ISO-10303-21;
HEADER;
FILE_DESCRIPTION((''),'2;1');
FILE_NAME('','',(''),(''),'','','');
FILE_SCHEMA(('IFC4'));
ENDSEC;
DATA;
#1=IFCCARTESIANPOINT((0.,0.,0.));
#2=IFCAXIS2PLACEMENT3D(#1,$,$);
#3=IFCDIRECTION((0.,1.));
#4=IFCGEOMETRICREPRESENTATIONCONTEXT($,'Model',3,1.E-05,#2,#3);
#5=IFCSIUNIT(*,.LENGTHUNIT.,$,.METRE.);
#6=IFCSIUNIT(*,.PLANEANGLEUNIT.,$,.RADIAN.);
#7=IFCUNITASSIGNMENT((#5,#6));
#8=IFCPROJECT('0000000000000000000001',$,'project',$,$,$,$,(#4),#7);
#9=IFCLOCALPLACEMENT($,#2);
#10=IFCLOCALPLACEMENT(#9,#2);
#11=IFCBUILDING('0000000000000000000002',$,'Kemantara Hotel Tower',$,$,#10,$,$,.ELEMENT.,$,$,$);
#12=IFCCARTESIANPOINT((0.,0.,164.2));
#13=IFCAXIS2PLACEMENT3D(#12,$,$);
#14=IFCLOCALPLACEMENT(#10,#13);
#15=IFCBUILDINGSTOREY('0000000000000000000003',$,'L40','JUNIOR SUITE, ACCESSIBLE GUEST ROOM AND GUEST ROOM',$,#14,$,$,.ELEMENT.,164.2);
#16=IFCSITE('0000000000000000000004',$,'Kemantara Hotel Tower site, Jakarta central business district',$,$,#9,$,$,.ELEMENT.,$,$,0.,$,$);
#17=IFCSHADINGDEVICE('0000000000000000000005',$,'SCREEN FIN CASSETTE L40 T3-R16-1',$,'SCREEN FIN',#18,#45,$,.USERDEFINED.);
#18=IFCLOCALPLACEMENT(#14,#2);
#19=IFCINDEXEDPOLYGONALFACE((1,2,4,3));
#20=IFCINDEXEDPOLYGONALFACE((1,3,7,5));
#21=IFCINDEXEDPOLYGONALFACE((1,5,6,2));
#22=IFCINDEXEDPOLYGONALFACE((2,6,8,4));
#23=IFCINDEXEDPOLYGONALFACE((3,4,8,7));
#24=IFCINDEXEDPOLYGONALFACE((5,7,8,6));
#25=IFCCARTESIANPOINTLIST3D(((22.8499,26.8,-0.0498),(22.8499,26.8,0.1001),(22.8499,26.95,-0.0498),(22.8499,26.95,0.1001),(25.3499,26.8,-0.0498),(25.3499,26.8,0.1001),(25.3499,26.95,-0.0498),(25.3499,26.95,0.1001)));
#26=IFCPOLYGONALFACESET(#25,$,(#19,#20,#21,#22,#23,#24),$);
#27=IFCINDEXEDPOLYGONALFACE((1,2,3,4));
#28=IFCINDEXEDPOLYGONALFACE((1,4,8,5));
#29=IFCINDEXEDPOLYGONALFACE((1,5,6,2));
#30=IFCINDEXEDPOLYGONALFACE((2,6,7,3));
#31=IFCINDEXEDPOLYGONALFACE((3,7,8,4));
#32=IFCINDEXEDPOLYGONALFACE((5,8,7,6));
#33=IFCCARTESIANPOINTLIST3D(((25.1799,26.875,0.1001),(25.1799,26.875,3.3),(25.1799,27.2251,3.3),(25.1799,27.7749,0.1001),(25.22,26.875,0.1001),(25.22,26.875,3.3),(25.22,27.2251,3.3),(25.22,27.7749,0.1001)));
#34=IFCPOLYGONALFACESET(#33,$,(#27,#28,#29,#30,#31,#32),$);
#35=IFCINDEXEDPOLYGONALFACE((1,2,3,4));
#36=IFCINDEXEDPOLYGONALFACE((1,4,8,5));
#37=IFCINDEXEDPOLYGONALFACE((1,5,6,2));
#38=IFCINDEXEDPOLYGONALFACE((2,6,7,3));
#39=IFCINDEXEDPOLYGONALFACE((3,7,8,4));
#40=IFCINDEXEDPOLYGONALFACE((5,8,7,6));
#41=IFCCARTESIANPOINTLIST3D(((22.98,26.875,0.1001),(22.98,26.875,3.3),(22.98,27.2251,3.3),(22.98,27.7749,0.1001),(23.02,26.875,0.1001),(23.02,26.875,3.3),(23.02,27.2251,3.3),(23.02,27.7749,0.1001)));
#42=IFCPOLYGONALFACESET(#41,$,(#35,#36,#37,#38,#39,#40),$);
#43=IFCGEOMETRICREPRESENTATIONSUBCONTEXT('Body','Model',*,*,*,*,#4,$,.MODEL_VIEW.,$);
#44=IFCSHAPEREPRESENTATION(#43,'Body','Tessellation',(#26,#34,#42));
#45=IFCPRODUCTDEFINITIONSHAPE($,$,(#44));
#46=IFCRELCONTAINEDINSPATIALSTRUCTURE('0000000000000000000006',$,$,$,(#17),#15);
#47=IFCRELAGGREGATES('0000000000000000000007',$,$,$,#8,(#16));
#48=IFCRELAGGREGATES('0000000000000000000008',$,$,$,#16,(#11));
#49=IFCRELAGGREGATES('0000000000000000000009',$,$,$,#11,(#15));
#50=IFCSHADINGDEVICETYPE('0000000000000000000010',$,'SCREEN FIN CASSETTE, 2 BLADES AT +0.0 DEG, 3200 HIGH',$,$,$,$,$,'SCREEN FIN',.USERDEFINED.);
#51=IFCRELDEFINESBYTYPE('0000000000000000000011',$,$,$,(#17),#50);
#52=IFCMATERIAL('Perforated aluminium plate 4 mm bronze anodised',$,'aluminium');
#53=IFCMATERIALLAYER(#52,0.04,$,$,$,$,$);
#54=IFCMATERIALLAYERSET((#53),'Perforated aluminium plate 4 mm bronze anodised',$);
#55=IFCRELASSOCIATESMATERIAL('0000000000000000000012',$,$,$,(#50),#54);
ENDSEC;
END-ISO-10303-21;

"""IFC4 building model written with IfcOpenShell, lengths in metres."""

from ifc_helpers import new_model, si_unit, direction, frame, origin, origin_2d, place, context, subcontext, project, spatial, polyline, rectangle, outline, extrude, source, transform, mapped, material, layer, layer_set, type_object, element, save


model = new_model("IFC4")

# Units and contexts
model_context = context("Model", 3, precision=1e-05, world=origin(), true_north=direction((0.0, 1.0)))
body_context = subcontext(model_context, "Body", "Model", "MODEL_VIEW")
ifc_project = project(units=[si_unit("LENGTHUNIT", "METRE"), si_unit("PLANEANGLEUNIT", "RADIAN")], contexts=[model_context])

# Site, building, storey
site_placement = place(None, origin())
site = spatial("IfcSite", under=ifc_project, at=site_placement, Name="Kemantara Hotel Tower site, Jakarta central business district", CompositionType="ELEMENT", RefElevation=0.0)
building_placement = place(site_placement, origin())
building = spatial("IfcBuilding", under=site, at=building_placement, Name="Kemantara Hotel Tower", CompositionType="ELEMENT")
storey_placement = place(building_placement, frame((0.0, 0.0, 164.2)))
storey = spatial("IfcBuildingStorey", under=building, at=storey_placement, Name="L40", Description="JUNIOR SUITE, ACCESSIBLE GUEST ROOM AND GUEST ROOM", CompositionType="ELEMENT", Elevation=164.2)

# Shading device
ifc_material_1 = material(Name="Perforated aluminium plate 4 mm bronze anodised", Category="aluminium")
ifc_layer_1 = layer(ifc_material_1, 0.04)
ifc_layer_set_1 = layer_set([ifc_layer_1], Name="Perforated aluminium plate 4 mm bronze anodised")
shading_device_type_1 = type_object("IfcShadingDeviceType", Name="SCREEN FIN CASSETTE, 2 BLADES AT +0.0 DEG, 3200 HIGH", ElementType="SCREEN FIN", PredefinedType="USERDEFINED", material=ifc_layer_set_1)
shared_shape_1 = source(origin(), body_context, "Body", "SweptSolid", [
    extrude(rectangle(XDim=2.5, YDim=0.1499, at=origin_2d()), frame((1.1001, -0.075, -0.1499), z_axis=(0.0, 0.0, 1.0), x_axis=(1.0, 0.0, 0.0)), (0.0, 0.0, 1.0), 0.1499),
    extrude(outline(polyline([(0.0, 0.0), (0.8999, 0.0), (0.3501, 3.2), (0.0, 3.2), (0.0, 0.0)])), frame((0.02, -0.075, 0.0), z_axis=(-1.0, 0.0, 0.0), x_axis=(0.0, -1.0, 0.0)), (0.0, 0.0, 1.0), 0.04),
    extrude(outline(polyline([(0.0, 0.0), (0.8999, 0.0), (0.3501, 3.2), (0.0, 3.2), (0.0, 0.0)])), frame((2.22, -0.075, 0.0), z_axis=(-1.0, 0.0, 0.0), x_axis=(0.0, -1.0, 0.0)), (0.0, 0.0, 1.0), 0.04),
])
for number, where, z_axis, x_axis, name in (
    (1, (25.2, 26.8, 0.1001), (0.0, 0.0, 1.0), (-1.0, 0.0, 0.0), "SCREEN FIN CASSETTE L40 T3-R16-1"),
):
    element("IfcShadingDevice", number, at=place(storey_placement, frame(where, z_axis=z_axis, x_axis=x_axis)), inside=storey, type_object=shading_device_type_1, Name=name, ObjectType="SCREEN FIN", PredefinedType="USERDEFINED", context=body_context, shape_type="MappedRepresentation", body=[
        mapped(shared_shape_1, transform((0.0, 0.0, 0.0))),
    ])

save(model, "model.ifc")
